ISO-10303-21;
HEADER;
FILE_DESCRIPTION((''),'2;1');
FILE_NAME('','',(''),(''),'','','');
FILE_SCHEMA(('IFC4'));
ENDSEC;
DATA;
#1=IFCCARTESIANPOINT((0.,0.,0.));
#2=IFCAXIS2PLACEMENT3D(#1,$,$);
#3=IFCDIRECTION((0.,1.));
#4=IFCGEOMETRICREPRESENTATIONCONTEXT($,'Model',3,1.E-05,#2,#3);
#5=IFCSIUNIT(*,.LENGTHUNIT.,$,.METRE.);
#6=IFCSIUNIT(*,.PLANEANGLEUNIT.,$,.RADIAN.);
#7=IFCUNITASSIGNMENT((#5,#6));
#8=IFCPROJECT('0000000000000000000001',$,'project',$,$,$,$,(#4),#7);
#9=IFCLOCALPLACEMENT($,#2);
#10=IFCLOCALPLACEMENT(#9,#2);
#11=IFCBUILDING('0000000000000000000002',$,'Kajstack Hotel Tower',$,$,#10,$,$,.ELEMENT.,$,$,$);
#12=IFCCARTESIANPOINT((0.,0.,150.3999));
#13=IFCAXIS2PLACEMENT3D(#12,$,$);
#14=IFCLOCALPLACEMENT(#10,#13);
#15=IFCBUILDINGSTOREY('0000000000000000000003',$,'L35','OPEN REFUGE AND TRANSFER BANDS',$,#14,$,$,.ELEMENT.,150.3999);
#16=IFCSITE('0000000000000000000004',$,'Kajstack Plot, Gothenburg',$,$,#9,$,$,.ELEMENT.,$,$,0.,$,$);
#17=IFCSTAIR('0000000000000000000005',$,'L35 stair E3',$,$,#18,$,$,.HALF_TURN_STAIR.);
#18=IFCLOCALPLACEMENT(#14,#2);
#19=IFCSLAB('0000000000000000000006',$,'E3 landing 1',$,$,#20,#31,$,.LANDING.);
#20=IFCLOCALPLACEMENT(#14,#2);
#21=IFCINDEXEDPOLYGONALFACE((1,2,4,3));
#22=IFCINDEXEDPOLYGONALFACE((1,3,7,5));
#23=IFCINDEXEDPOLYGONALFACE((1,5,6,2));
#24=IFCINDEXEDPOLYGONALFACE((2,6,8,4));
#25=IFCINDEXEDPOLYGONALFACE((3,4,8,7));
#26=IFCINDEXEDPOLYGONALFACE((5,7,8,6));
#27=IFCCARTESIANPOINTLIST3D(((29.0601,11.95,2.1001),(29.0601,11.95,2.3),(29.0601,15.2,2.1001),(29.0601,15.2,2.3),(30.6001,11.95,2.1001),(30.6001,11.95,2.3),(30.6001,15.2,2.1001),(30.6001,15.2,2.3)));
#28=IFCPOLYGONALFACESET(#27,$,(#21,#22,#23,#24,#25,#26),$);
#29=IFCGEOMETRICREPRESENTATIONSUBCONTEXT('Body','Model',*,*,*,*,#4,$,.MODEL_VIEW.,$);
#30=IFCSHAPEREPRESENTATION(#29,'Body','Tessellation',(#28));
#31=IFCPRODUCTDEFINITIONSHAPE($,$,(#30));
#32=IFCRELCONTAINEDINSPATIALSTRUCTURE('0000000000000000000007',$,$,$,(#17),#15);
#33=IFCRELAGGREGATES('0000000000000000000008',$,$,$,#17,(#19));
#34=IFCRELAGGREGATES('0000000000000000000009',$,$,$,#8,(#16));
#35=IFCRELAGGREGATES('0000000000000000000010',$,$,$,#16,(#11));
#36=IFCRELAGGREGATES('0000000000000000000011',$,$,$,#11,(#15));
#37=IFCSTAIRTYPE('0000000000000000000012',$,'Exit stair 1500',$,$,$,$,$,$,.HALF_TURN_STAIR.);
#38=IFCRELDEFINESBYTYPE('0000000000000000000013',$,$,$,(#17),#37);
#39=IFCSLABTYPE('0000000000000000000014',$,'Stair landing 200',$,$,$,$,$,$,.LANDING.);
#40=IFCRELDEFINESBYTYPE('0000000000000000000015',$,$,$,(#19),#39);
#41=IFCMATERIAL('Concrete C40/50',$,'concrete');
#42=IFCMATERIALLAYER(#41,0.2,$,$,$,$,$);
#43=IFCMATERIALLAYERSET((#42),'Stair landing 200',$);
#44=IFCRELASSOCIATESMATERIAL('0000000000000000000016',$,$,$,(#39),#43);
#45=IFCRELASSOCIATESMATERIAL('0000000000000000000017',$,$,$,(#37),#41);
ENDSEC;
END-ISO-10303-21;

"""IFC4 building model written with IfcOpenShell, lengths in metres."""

from ifc_helpers import new_model, si_unit, direction, frame, origin, place, context, subcontext, project, spatial, polyline, outline, extrude, material, layer, layer_set, type_object, element, aggregate, save


model = new_model("IFC4")

# Units and contexts
model_context = context("Model", 3, precision=1e-05, world=origin(), true_north=direction((0.0, 1.0)))
body_context = subcontext(model_context, "Body", "Model", "MODEL_VIEW")
ifc_project = project(units=[si_unit("LENGTHUNIT", "METRE"), si_unit("PLANEANGLEUNIT", "RADIAN")], contexts=[model_context])

# Site, building, storey
site_placement = place(None, origin())
site = spatial("IfcSite", under=ifc_project, at=site_placement, Name="Kajstack Plot, Gothenburg", CompositionType="ELEMENT", RefElevation=0.0)
building_placement = place(site_placement, origin())
building = spatial("IfcBuilding", under=site, at=building_placement, Name="Kajstack Hotel Tower", CompositionType="ELEMENT")
storey_placement = place(building_placement, frame((0.0, 0.0, 150.3999)))
storey = spatial("IfcBuildingStorey", under=building, at=storey_placement, Name="L35", Description="OPEN REFUGE AND TRANSFER BANDS", CompositionType="ELEMENT", Elevation=150.3999)

# Stair, slab
ifc_material_1 = material(Name="Concrete C40/50", Category="concrete")
ifc_layer_1 = layer(ifc_material_1, 0.2)
ifc_layer_set_1 = layer_set([ifc_layer_1], Name="Stair landing 200")
slab_type_1 = type_object("IfcSlabType", Name="Stair landing 200", PredefinedType="LANDING", material=ifc_layer_set_1)
stair_type_1 = type_object("IfcStairType", Name="Exit stair 1500", PredefinedType="HALF_TURN_STAIR", material=ifc_material_1)
stair_1_placement = place(storey_placement, origin())
stair_1 = element("IfcStair", 1, at=stair_1_placement, inside=storey, type_object=stair_type_1, Name="L35 stair E3", PredefinedType="HALF_TURN_STAIR")
slab_1_placement = place(storey_placement, frame((0.0, 0.0, 2.1001)))
slab_1 = element("IfcSlab", 2, at=slab_1_placement, type_object=slab_type_1, Name="E3 landing 1", PredefinedType="LANDING", context=body_context, shape_type="SweptSolid", body=[
    extrude(outline(polyline([(29.0601, 11.95), (30.6001, 11.95), (30.6001, 15.2), (29.0601, 15.2), (29.0601, 11.95)])), origin(), (0.0, 0.0, 1.0), 0.2),
])
aggregate(stair_1, [slab_1])

save(model, "model.ifc")
